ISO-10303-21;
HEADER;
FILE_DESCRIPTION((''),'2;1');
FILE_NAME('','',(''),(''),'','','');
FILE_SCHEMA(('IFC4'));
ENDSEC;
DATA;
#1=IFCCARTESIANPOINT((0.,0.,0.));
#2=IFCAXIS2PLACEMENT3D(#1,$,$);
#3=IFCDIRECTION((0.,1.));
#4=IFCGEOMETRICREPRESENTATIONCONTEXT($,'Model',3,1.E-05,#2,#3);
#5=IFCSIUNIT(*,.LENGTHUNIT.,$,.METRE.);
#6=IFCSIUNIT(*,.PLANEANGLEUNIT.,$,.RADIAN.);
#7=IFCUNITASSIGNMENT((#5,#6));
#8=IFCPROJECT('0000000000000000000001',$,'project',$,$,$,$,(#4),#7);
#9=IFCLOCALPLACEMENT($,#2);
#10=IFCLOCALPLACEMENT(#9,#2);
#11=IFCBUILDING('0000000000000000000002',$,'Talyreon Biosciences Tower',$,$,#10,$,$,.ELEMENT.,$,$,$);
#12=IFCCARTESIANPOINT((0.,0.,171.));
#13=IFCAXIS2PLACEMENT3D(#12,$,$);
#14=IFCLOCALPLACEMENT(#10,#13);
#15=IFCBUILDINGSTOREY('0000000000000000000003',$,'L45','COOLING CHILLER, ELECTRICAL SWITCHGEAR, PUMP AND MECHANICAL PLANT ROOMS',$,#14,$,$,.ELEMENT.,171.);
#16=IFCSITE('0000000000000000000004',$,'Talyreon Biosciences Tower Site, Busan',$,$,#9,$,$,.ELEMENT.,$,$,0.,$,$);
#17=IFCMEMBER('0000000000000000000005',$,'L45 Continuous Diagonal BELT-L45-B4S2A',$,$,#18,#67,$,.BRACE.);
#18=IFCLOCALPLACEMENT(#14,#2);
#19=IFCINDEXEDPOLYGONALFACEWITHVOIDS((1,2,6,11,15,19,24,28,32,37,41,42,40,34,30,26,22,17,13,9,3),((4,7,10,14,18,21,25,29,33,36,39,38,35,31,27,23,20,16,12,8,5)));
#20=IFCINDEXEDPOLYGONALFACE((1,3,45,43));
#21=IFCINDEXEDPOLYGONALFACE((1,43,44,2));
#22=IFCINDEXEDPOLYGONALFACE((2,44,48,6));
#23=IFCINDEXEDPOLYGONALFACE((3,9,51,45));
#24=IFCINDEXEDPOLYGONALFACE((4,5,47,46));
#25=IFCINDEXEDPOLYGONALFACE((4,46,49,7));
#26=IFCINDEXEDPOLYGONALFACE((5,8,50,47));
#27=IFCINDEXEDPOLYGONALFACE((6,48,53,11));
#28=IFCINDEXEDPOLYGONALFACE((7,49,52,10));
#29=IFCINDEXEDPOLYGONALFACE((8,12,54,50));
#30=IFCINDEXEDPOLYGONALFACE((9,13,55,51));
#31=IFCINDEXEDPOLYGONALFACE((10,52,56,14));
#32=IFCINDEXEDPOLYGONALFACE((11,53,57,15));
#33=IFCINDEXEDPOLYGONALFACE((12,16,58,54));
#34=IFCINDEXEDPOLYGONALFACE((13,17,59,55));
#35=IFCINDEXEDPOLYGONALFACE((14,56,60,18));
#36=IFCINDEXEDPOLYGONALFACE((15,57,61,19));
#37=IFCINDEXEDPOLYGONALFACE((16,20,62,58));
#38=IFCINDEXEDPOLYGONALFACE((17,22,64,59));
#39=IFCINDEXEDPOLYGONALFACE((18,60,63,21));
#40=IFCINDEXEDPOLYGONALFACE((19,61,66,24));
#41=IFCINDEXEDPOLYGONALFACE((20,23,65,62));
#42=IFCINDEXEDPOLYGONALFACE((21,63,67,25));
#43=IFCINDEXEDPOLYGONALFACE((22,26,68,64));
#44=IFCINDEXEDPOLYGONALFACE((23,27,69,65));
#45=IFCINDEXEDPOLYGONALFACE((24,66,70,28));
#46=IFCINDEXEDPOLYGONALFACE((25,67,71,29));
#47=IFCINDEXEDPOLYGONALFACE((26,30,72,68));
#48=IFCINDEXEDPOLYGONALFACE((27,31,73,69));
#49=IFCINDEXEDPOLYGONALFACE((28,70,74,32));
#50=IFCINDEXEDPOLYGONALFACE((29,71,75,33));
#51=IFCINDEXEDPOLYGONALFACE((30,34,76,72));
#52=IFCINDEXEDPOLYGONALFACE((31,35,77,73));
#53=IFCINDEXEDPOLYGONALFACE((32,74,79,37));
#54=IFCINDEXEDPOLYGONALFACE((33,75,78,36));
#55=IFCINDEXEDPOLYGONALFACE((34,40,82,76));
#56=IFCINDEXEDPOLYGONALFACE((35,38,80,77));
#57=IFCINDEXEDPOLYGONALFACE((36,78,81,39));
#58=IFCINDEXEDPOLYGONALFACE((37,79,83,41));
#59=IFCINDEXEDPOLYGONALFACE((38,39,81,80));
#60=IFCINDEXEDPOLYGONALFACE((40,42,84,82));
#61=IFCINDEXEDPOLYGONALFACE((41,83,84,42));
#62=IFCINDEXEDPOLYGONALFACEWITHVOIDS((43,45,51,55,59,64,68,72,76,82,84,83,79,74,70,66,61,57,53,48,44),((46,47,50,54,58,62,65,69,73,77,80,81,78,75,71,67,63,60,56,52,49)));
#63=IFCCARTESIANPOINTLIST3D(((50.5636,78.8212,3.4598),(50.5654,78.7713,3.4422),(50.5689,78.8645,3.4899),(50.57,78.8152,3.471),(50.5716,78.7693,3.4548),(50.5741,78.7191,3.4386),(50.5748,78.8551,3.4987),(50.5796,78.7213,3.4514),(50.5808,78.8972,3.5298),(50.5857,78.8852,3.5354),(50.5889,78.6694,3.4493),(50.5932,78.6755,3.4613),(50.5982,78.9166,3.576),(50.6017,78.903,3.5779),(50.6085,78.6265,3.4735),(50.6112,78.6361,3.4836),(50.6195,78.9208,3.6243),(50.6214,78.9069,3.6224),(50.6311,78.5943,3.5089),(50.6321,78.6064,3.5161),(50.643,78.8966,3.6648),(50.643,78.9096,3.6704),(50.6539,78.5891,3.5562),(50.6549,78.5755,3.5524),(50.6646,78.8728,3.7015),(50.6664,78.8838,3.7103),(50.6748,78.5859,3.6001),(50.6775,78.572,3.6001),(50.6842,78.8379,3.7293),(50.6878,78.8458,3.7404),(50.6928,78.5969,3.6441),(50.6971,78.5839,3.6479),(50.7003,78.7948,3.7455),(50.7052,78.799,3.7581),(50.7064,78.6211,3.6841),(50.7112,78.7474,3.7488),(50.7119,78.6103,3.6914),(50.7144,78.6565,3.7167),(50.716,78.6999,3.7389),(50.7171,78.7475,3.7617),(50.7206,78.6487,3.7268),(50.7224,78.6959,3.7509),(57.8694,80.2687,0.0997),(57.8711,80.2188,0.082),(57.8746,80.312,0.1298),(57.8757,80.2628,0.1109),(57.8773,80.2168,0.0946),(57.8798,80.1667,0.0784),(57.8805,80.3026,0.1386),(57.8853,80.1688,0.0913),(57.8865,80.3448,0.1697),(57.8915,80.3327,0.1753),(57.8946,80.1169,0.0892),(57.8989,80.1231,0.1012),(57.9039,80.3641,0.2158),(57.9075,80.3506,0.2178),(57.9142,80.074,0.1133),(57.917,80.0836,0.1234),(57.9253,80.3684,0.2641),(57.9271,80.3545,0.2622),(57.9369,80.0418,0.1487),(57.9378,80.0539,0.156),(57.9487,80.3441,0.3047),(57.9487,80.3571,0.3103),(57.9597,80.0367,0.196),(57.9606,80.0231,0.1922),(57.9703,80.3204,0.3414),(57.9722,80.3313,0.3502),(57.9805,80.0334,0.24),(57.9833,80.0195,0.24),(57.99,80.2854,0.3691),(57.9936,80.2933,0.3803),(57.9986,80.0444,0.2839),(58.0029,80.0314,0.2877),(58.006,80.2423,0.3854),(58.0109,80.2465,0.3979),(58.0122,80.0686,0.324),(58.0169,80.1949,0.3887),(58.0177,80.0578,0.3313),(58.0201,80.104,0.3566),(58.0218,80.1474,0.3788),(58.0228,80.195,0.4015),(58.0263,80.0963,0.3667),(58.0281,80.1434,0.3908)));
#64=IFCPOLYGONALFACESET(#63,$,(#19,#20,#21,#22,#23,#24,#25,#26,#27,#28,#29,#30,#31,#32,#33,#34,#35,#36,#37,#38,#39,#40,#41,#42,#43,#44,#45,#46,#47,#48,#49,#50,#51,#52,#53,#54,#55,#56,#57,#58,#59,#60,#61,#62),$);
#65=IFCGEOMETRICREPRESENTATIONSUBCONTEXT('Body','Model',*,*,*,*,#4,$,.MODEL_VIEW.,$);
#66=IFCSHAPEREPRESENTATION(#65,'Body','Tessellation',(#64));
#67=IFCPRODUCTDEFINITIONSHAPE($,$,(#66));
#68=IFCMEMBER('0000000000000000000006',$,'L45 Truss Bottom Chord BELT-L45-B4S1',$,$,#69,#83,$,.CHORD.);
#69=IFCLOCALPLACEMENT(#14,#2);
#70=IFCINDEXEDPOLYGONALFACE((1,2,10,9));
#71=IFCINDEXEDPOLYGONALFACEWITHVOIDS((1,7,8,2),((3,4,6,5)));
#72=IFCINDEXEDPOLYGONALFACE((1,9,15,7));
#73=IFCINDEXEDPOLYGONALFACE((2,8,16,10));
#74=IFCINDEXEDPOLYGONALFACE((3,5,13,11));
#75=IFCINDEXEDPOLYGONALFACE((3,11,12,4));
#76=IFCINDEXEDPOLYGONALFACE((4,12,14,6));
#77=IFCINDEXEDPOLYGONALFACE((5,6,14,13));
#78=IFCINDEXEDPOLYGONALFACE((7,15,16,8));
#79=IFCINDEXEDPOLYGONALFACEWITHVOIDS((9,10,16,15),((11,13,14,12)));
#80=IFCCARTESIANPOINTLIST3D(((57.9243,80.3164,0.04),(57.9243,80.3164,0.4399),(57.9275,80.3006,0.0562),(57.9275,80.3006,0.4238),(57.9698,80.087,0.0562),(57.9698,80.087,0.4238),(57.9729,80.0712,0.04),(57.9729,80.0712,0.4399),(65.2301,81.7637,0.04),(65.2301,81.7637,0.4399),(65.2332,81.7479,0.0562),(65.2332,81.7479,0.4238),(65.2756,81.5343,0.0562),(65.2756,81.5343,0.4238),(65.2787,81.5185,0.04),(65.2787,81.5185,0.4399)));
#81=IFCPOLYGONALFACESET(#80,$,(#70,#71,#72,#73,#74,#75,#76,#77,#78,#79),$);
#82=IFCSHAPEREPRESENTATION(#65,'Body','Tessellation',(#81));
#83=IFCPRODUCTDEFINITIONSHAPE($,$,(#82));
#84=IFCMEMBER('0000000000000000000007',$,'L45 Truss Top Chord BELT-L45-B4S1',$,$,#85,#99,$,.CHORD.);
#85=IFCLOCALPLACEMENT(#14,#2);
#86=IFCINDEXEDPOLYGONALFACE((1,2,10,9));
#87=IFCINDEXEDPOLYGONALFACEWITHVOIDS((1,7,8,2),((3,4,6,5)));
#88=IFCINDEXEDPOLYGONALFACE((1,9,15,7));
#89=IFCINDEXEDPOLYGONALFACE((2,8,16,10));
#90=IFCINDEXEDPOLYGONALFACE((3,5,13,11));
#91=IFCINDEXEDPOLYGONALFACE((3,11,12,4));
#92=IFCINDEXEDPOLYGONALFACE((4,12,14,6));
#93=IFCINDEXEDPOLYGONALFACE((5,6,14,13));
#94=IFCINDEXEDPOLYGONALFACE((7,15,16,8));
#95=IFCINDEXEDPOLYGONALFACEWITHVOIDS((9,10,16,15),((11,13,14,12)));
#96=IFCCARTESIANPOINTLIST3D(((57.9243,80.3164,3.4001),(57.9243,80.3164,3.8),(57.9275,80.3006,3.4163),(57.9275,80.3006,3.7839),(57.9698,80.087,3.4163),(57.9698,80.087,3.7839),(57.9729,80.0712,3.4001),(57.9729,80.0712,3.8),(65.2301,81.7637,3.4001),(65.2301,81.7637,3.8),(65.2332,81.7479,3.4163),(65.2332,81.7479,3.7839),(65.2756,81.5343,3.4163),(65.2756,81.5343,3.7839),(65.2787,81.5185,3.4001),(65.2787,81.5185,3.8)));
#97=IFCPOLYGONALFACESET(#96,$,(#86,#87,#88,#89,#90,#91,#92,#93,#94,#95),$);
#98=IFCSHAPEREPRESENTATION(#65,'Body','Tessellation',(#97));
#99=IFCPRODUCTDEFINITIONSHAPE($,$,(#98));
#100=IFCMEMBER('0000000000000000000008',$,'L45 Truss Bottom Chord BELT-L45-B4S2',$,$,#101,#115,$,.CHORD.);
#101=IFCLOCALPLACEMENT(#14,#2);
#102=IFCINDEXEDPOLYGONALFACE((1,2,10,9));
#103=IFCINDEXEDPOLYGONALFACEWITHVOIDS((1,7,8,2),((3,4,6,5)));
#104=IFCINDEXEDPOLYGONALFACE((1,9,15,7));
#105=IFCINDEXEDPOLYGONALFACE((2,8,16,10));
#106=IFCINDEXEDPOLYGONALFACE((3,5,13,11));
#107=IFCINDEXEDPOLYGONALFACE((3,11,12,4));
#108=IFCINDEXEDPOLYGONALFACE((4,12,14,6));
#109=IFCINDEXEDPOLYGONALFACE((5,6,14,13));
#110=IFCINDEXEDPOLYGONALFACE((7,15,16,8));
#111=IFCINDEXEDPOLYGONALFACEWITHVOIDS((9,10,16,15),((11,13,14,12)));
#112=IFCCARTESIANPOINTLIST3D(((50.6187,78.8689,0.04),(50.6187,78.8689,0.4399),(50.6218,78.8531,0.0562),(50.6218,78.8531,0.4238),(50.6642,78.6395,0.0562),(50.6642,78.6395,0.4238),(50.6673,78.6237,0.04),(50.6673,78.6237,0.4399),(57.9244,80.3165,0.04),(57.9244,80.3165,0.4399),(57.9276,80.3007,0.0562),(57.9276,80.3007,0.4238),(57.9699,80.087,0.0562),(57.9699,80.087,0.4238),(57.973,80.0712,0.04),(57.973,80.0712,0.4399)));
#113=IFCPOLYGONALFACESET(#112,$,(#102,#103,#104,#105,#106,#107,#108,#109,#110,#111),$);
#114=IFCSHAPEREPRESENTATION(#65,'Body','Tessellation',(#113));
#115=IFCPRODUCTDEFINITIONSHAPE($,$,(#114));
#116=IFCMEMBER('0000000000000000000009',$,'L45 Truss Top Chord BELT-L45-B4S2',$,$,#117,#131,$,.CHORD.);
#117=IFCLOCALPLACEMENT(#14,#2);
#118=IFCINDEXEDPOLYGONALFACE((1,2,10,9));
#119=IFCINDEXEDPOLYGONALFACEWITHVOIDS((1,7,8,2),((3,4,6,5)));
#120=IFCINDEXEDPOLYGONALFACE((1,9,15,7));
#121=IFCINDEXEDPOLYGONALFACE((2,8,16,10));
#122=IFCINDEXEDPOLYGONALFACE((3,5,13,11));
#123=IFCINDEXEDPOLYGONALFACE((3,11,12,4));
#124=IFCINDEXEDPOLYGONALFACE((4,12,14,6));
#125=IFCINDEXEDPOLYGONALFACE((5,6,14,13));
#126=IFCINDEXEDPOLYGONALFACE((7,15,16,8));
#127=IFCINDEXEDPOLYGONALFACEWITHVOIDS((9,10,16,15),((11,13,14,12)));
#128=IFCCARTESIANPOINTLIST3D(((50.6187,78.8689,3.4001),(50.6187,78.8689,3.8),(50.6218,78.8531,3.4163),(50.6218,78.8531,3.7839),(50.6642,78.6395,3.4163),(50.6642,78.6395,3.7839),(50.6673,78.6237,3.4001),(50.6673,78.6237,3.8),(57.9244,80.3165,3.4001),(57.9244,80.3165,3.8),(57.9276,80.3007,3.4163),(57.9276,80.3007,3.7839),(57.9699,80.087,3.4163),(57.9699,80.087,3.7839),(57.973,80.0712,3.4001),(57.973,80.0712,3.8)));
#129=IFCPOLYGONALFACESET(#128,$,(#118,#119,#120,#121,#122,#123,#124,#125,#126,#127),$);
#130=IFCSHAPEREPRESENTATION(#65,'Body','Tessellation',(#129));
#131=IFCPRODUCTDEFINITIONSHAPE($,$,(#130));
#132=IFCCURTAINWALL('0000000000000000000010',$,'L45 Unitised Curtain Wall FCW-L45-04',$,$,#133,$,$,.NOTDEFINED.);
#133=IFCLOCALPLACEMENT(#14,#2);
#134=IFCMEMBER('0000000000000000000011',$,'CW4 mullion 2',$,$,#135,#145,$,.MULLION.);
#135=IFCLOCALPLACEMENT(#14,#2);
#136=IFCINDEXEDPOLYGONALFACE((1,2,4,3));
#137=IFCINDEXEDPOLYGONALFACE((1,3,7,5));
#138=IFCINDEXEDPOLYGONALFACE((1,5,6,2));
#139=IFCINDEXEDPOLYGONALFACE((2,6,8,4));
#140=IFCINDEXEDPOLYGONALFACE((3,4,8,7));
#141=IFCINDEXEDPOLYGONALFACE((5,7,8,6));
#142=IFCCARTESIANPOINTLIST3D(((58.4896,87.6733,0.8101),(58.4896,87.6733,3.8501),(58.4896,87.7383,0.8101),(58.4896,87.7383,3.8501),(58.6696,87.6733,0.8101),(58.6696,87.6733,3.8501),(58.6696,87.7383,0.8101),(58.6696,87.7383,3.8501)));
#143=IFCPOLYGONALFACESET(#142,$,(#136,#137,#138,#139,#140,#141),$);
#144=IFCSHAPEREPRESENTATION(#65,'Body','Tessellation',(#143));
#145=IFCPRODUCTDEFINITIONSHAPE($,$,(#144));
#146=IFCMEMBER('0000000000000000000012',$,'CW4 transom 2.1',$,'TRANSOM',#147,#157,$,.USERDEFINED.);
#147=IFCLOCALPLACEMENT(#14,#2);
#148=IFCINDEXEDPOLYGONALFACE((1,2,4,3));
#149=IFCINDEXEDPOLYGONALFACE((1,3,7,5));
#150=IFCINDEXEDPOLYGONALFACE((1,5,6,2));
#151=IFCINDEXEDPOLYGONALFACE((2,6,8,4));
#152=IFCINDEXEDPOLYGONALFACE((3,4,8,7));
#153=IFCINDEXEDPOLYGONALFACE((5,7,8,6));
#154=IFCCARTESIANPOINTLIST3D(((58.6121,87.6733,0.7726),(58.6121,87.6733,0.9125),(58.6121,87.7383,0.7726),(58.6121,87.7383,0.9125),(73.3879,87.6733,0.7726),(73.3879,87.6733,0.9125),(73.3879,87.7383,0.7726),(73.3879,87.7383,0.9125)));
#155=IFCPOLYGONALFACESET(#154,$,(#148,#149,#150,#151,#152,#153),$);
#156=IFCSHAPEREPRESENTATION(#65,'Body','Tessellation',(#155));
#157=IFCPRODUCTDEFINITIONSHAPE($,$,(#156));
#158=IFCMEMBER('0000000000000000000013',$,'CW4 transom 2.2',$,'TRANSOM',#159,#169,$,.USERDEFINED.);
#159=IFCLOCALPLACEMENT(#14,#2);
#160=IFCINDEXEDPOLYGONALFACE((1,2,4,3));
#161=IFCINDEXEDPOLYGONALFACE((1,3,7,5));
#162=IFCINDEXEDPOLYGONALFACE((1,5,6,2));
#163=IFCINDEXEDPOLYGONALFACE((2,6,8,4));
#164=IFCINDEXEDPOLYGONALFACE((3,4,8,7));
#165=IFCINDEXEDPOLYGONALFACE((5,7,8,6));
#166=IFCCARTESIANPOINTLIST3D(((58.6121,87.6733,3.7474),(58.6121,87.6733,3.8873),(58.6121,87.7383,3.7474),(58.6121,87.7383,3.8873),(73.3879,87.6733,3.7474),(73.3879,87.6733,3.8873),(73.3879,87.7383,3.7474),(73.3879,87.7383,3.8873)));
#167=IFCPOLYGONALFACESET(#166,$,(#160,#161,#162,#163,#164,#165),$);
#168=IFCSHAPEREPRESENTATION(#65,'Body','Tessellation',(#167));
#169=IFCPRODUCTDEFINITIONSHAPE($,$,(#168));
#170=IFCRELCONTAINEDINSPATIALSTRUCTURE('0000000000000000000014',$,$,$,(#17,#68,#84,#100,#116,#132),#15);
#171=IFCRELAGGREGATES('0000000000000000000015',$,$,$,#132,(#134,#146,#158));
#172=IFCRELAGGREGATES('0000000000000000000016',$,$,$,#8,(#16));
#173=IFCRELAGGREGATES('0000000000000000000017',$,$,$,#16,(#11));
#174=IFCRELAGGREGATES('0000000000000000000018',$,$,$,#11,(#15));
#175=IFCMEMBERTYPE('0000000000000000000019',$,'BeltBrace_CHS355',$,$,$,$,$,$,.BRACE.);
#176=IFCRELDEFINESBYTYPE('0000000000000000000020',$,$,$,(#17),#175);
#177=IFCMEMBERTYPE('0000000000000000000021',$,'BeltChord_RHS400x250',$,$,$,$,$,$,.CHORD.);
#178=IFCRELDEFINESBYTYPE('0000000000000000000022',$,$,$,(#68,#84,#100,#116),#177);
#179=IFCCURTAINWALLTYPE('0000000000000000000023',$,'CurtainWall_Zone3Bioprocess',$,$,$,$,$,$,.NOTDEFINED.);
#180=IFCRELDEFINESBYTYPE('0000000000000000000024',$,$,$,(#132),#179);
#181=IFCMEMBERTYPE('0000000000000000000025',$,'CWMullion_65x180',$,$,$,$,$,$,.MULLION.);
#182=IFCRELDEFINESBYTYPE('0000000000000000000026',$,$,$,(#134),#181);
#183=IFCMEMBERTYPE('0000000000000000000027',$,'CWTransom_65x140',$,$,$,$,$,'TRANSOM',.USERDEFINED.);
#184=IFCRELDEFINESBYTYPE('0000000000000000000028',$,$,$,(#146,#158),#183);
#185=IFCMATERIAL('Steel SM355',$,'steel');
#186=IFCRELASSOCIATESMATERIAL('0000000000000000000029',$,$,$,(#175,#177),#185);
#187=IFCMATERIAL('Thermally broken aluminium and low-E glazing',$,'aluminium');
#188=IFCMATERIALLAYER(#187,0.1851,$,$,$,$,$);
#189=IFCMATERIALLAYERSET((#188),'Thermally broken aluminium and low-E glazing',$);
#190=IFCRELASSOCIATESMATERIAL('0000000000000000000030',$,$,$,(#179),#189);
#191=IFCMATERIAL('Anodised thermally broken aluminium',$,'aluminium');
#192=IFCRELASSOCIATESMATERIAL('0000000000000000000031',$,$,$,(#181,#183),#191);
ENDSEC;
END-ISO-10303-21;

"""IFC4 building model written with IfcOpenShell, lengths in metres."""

from ifc_helpers import new_model, si_unit, direction, frame, origin, origin_2d, place, context, subcontext, project, spatial, rectangle, hollow_rectangle, hollow_circle, extrude, material, layer, layer_set, material_profile, profile_set, type_object, element, aggregate, save


model = new_model("IFC4")

# Units and contexts
model_context = context("Model", 3, precision=1e-05, world=origin(), true_north=direction((0.0, 1.0)))
body_context = subcontext(model_context, "Body", "Model", "MODEL_VIEW")
ifc_project = project(units=[si_unit("LENGTHUNIT", "METRE"), si_unit("PLANEANGLEUNIT", "RADIAN")], contexts=[model_context])

# Site, building, storey
site_placement = place(None, origin())
site = spatial("IfcSite", under=ifc_project, at=site_placement, Name="Talyreon Biosciences Tower Site, Busan", CompositionType="ELEMENT", RefElevation=0.0)
building_placement = place(site_placement, origin())
building = spatial("IfcBuilding", under=site, at=building_placement, Name="Talyreon Biosciences Tower", CompositionType="ELEMENT")
storey_placement = place(building_placement, frame((0.0, 0.0, 171.0)))
storey = spatial("IfcBuildingStorey", under=building, at=storey_placement, Name="L45", Description="COOLING CHILLER, ELECTRICAL SWITCHGEAR, PUMP AND MECHANICAL PLANT ROOMS", CompositionType="ELEMENT", Elevation=171.0)

# Members
ifc_material_1 = material(Name="Steel SM355", Category="steel")
ifc_material_profile_1 = material_profile(ifc_material_1, hollow_circle(Radius=0.1777, WallThickness=0.0142, at=origin_2d()), Name="CHS 355.6x14.2")
ifc_profile_set_1 = profile_set([ifc_material_profile_1], Name="Steel SM355")
member_type_1 = type_object("IfcMemberType", Name="BeltBrace_CHS355", PredefinedType="BRACE", material=ifc_profile_set_1)
member_1_placement = place(storey_placement, frame((57.9487, 80.1938, 0.24), z_axis=(-0.894143, -0.177161, 0.411245), x_axis=(0.194357, -0.980931, 0.0)))
element("IfcMember", 1, at=member_1_placement, inside=storey, type_object=member_type_1, Name="L45 Continuous Diagonal BELT-L45-B4S2A", PredefinedType="BRACE", context=body_context, shape_type="SweptSolid", body=[
    extrude(hollow_circle(Radius=0.1777, WallThickness=0.0142, at=origin_2d()), origin(), (0.0, 0.0, 1.0), 8.1707),
])
ifc_material_profile_2 = material_profile(ifc_material_1, hollow_rectangle(XDim=0.25, YDim=0.3999, WallThickness=0.0161, at=origin_2d()), Name="RHS 400x250x16")
ifc_profile_set_2 = profile_set([ifc_material_profile_2], Name="Steel SM355")
member_type_2 = type_object("IfcMemberType", Name="BeltChord_RHS400x250", PredefinedType="CHORD", material=ifc_profile_set_2)
for number, where, z_axis, x_axis, name in (
    (2, (65.2544, 81.6411, 0.24), (-0.980937, -0.194325, 0.0), (0.194325, -0.980937, 0.0), "L45 Truss Bottom Chord BELT-L45-B4S1"),
    (3, (65.2544, 81.6411, 3.6001), (-0.980937, -0.194325, 0.0), (0.194325, -0.980937, 0.0), "L45 Truss Top Chord BELT-L45-B4S1"),
    (4, (57.9487, 80.1938, 0.24), (-0.980931, -0.194357, 0.0), (0.194357, -0.980931, 0.0), "L45 Truss Bottom Chord BELT-L45-B4S2"),
    (5, (57.9487, 80.1938, 3.6001), (-0.980931, -0.194357, 0.0), (0.194357, -0.980931, 0.0), "L45 Truss Top Chord BELT-L45-B4S2"),
):
    element("IfcMember", number, at=place(storey_placement, frame(where, z_axis=z_axis, x_axis=x_axis)), inside=storey, type_object=member_type_2, Name=name, PredefinedType="CHORD", context=body_context, shape_type="SweptSolid", body=[
        extrude(hollow_rectangle(XDim=0.25, YDim=0.3999, WallThickness=0.0161, at=origin_2d()), origin(), (0.0, 0.0, 1.0), 7.4478),
    ])

# Curtain wall, members
ifc_material_2 = material(Name="Thermally broken aluminium and low-E glazing", Category="aluminium")
ifc_layer_1 = layer(ifc_material_2, 0.1851)
ifc_layer_set_1 = layer_set([ifc_layer_1], Name="Thermally broken aluminium and low-E glazing")
curtain_wall_type = type_object("IfcCurtainWallType", Name="CurtainWall_Zone3Bioprocess", PredefinedType="NOTDEFINED", material=ifc_layer_set_1)
curtain_wall_placement = place(storey_placement, origin())
curtain_wall = element("IfcCurtainWall", 6, at=curtain_wall_placement, inside=storey, type_object=curtain_wall_type, Name="L45 Unitised Curtain Wall FCW-L45-04", PredefinedType="NOTDEFINED")
ifc_material_3 = material(Name="Anodised thermally broken aluminium", Category="aluminium")
ifc_material_profile_3 = material_profile(ifc_material_3, rectangle(XDim=0.0649, YDim=0.1799, at=origin_2d()), Name="ALUM MULLION 65x180")
ifc_profile_set_3 = profile_set([ifc_material_profile_3], Name="Anodised thermally broken aluminium")
member_type_3 = type_object("IfcMemberType", Name="CWMullion_65x180", PredefinedType="MULLION", material=ifc_profile_set_3)
member_2_placement = place(storey_placement, frame((58.5796, 87.7058, 0.8101), z_axis=(0.0, 0.0, 1.0), x_axis=(0.0, 1.0, 0.0)))
member_2 = element("IfcMember", 7, at=member_2_placement, type_object=member_type_3, Name="CW4 mullion 2", PredefinedType="MULLION", context=body_context, shape_type="SweptSolid", body=[
    extrude(rectangle(XDim=0.0649, YDim=0.1799, at=origin_2d()), origin(), (0.0, 0.0, 1.0), 3.04),
])
ifc_material_profile_4 = material_profile(ifc_material_3, rectangle(XDim=0.0649, YDim=0.1399, at=origin_2d()), Name="ALUM TRANSOM 65x140")
ifc_profile_set_4 = profile_set([ifc_material_profile_4], Name="Anodised thermally broken aluminium")
member_type_4 = type_object("IfcMemberType", Name="CWTransom_65x140", ElementType="TRANSOM", PredefinedType="USERDEFINED", material=ifc_profile_set_4)
member_3_placement = place(storey_placement, frame((58.6121, 87.7058, 0.8425), z_axis=(1.0, 0.0, 0.0), x_axis=(0.0, 1.0, 0.0)))
member_3 = element("IfcMember", 8, at=member_3_placement, type_object=member_type_4, Name="CW4 transom 2.1", ObjectType="TRANSOM", PredefinedType="USERDEFINED", context=body_context, shape_type="SweptSolid", body=[
    extrude(rectangle(XDim=0.0649, YDim=0.1399, at=origin_2d()), origin(), (0.0, 0.0, 1.0), 14.7759),
])
member_4_placement = place(storey_placement, frame((58.6121, 87.7058, 3.8174), z_axis=(1.0, 0.0, 0.0), x_axis=(0.0, 1.0, 0.0)))
member_4 = element("IfcMember", 9, at=member_4_placement, type_object=member_type_4, Name="CW4 transom 2.2", ObjectType="TRANSOM", PredefinedType="USERDEFINED", context=body_context, shape_type="SweptSolid", body=[
    extrude(rectangle(XDim=0.0649, YDim=0.1399, at=origin_2d()), origin(), (0.0, 0.0, 1.0), 14.7759),
])
aggregate(curtain_wall, [member_2, member_3, member_4])

save(model, "model.ifc")
